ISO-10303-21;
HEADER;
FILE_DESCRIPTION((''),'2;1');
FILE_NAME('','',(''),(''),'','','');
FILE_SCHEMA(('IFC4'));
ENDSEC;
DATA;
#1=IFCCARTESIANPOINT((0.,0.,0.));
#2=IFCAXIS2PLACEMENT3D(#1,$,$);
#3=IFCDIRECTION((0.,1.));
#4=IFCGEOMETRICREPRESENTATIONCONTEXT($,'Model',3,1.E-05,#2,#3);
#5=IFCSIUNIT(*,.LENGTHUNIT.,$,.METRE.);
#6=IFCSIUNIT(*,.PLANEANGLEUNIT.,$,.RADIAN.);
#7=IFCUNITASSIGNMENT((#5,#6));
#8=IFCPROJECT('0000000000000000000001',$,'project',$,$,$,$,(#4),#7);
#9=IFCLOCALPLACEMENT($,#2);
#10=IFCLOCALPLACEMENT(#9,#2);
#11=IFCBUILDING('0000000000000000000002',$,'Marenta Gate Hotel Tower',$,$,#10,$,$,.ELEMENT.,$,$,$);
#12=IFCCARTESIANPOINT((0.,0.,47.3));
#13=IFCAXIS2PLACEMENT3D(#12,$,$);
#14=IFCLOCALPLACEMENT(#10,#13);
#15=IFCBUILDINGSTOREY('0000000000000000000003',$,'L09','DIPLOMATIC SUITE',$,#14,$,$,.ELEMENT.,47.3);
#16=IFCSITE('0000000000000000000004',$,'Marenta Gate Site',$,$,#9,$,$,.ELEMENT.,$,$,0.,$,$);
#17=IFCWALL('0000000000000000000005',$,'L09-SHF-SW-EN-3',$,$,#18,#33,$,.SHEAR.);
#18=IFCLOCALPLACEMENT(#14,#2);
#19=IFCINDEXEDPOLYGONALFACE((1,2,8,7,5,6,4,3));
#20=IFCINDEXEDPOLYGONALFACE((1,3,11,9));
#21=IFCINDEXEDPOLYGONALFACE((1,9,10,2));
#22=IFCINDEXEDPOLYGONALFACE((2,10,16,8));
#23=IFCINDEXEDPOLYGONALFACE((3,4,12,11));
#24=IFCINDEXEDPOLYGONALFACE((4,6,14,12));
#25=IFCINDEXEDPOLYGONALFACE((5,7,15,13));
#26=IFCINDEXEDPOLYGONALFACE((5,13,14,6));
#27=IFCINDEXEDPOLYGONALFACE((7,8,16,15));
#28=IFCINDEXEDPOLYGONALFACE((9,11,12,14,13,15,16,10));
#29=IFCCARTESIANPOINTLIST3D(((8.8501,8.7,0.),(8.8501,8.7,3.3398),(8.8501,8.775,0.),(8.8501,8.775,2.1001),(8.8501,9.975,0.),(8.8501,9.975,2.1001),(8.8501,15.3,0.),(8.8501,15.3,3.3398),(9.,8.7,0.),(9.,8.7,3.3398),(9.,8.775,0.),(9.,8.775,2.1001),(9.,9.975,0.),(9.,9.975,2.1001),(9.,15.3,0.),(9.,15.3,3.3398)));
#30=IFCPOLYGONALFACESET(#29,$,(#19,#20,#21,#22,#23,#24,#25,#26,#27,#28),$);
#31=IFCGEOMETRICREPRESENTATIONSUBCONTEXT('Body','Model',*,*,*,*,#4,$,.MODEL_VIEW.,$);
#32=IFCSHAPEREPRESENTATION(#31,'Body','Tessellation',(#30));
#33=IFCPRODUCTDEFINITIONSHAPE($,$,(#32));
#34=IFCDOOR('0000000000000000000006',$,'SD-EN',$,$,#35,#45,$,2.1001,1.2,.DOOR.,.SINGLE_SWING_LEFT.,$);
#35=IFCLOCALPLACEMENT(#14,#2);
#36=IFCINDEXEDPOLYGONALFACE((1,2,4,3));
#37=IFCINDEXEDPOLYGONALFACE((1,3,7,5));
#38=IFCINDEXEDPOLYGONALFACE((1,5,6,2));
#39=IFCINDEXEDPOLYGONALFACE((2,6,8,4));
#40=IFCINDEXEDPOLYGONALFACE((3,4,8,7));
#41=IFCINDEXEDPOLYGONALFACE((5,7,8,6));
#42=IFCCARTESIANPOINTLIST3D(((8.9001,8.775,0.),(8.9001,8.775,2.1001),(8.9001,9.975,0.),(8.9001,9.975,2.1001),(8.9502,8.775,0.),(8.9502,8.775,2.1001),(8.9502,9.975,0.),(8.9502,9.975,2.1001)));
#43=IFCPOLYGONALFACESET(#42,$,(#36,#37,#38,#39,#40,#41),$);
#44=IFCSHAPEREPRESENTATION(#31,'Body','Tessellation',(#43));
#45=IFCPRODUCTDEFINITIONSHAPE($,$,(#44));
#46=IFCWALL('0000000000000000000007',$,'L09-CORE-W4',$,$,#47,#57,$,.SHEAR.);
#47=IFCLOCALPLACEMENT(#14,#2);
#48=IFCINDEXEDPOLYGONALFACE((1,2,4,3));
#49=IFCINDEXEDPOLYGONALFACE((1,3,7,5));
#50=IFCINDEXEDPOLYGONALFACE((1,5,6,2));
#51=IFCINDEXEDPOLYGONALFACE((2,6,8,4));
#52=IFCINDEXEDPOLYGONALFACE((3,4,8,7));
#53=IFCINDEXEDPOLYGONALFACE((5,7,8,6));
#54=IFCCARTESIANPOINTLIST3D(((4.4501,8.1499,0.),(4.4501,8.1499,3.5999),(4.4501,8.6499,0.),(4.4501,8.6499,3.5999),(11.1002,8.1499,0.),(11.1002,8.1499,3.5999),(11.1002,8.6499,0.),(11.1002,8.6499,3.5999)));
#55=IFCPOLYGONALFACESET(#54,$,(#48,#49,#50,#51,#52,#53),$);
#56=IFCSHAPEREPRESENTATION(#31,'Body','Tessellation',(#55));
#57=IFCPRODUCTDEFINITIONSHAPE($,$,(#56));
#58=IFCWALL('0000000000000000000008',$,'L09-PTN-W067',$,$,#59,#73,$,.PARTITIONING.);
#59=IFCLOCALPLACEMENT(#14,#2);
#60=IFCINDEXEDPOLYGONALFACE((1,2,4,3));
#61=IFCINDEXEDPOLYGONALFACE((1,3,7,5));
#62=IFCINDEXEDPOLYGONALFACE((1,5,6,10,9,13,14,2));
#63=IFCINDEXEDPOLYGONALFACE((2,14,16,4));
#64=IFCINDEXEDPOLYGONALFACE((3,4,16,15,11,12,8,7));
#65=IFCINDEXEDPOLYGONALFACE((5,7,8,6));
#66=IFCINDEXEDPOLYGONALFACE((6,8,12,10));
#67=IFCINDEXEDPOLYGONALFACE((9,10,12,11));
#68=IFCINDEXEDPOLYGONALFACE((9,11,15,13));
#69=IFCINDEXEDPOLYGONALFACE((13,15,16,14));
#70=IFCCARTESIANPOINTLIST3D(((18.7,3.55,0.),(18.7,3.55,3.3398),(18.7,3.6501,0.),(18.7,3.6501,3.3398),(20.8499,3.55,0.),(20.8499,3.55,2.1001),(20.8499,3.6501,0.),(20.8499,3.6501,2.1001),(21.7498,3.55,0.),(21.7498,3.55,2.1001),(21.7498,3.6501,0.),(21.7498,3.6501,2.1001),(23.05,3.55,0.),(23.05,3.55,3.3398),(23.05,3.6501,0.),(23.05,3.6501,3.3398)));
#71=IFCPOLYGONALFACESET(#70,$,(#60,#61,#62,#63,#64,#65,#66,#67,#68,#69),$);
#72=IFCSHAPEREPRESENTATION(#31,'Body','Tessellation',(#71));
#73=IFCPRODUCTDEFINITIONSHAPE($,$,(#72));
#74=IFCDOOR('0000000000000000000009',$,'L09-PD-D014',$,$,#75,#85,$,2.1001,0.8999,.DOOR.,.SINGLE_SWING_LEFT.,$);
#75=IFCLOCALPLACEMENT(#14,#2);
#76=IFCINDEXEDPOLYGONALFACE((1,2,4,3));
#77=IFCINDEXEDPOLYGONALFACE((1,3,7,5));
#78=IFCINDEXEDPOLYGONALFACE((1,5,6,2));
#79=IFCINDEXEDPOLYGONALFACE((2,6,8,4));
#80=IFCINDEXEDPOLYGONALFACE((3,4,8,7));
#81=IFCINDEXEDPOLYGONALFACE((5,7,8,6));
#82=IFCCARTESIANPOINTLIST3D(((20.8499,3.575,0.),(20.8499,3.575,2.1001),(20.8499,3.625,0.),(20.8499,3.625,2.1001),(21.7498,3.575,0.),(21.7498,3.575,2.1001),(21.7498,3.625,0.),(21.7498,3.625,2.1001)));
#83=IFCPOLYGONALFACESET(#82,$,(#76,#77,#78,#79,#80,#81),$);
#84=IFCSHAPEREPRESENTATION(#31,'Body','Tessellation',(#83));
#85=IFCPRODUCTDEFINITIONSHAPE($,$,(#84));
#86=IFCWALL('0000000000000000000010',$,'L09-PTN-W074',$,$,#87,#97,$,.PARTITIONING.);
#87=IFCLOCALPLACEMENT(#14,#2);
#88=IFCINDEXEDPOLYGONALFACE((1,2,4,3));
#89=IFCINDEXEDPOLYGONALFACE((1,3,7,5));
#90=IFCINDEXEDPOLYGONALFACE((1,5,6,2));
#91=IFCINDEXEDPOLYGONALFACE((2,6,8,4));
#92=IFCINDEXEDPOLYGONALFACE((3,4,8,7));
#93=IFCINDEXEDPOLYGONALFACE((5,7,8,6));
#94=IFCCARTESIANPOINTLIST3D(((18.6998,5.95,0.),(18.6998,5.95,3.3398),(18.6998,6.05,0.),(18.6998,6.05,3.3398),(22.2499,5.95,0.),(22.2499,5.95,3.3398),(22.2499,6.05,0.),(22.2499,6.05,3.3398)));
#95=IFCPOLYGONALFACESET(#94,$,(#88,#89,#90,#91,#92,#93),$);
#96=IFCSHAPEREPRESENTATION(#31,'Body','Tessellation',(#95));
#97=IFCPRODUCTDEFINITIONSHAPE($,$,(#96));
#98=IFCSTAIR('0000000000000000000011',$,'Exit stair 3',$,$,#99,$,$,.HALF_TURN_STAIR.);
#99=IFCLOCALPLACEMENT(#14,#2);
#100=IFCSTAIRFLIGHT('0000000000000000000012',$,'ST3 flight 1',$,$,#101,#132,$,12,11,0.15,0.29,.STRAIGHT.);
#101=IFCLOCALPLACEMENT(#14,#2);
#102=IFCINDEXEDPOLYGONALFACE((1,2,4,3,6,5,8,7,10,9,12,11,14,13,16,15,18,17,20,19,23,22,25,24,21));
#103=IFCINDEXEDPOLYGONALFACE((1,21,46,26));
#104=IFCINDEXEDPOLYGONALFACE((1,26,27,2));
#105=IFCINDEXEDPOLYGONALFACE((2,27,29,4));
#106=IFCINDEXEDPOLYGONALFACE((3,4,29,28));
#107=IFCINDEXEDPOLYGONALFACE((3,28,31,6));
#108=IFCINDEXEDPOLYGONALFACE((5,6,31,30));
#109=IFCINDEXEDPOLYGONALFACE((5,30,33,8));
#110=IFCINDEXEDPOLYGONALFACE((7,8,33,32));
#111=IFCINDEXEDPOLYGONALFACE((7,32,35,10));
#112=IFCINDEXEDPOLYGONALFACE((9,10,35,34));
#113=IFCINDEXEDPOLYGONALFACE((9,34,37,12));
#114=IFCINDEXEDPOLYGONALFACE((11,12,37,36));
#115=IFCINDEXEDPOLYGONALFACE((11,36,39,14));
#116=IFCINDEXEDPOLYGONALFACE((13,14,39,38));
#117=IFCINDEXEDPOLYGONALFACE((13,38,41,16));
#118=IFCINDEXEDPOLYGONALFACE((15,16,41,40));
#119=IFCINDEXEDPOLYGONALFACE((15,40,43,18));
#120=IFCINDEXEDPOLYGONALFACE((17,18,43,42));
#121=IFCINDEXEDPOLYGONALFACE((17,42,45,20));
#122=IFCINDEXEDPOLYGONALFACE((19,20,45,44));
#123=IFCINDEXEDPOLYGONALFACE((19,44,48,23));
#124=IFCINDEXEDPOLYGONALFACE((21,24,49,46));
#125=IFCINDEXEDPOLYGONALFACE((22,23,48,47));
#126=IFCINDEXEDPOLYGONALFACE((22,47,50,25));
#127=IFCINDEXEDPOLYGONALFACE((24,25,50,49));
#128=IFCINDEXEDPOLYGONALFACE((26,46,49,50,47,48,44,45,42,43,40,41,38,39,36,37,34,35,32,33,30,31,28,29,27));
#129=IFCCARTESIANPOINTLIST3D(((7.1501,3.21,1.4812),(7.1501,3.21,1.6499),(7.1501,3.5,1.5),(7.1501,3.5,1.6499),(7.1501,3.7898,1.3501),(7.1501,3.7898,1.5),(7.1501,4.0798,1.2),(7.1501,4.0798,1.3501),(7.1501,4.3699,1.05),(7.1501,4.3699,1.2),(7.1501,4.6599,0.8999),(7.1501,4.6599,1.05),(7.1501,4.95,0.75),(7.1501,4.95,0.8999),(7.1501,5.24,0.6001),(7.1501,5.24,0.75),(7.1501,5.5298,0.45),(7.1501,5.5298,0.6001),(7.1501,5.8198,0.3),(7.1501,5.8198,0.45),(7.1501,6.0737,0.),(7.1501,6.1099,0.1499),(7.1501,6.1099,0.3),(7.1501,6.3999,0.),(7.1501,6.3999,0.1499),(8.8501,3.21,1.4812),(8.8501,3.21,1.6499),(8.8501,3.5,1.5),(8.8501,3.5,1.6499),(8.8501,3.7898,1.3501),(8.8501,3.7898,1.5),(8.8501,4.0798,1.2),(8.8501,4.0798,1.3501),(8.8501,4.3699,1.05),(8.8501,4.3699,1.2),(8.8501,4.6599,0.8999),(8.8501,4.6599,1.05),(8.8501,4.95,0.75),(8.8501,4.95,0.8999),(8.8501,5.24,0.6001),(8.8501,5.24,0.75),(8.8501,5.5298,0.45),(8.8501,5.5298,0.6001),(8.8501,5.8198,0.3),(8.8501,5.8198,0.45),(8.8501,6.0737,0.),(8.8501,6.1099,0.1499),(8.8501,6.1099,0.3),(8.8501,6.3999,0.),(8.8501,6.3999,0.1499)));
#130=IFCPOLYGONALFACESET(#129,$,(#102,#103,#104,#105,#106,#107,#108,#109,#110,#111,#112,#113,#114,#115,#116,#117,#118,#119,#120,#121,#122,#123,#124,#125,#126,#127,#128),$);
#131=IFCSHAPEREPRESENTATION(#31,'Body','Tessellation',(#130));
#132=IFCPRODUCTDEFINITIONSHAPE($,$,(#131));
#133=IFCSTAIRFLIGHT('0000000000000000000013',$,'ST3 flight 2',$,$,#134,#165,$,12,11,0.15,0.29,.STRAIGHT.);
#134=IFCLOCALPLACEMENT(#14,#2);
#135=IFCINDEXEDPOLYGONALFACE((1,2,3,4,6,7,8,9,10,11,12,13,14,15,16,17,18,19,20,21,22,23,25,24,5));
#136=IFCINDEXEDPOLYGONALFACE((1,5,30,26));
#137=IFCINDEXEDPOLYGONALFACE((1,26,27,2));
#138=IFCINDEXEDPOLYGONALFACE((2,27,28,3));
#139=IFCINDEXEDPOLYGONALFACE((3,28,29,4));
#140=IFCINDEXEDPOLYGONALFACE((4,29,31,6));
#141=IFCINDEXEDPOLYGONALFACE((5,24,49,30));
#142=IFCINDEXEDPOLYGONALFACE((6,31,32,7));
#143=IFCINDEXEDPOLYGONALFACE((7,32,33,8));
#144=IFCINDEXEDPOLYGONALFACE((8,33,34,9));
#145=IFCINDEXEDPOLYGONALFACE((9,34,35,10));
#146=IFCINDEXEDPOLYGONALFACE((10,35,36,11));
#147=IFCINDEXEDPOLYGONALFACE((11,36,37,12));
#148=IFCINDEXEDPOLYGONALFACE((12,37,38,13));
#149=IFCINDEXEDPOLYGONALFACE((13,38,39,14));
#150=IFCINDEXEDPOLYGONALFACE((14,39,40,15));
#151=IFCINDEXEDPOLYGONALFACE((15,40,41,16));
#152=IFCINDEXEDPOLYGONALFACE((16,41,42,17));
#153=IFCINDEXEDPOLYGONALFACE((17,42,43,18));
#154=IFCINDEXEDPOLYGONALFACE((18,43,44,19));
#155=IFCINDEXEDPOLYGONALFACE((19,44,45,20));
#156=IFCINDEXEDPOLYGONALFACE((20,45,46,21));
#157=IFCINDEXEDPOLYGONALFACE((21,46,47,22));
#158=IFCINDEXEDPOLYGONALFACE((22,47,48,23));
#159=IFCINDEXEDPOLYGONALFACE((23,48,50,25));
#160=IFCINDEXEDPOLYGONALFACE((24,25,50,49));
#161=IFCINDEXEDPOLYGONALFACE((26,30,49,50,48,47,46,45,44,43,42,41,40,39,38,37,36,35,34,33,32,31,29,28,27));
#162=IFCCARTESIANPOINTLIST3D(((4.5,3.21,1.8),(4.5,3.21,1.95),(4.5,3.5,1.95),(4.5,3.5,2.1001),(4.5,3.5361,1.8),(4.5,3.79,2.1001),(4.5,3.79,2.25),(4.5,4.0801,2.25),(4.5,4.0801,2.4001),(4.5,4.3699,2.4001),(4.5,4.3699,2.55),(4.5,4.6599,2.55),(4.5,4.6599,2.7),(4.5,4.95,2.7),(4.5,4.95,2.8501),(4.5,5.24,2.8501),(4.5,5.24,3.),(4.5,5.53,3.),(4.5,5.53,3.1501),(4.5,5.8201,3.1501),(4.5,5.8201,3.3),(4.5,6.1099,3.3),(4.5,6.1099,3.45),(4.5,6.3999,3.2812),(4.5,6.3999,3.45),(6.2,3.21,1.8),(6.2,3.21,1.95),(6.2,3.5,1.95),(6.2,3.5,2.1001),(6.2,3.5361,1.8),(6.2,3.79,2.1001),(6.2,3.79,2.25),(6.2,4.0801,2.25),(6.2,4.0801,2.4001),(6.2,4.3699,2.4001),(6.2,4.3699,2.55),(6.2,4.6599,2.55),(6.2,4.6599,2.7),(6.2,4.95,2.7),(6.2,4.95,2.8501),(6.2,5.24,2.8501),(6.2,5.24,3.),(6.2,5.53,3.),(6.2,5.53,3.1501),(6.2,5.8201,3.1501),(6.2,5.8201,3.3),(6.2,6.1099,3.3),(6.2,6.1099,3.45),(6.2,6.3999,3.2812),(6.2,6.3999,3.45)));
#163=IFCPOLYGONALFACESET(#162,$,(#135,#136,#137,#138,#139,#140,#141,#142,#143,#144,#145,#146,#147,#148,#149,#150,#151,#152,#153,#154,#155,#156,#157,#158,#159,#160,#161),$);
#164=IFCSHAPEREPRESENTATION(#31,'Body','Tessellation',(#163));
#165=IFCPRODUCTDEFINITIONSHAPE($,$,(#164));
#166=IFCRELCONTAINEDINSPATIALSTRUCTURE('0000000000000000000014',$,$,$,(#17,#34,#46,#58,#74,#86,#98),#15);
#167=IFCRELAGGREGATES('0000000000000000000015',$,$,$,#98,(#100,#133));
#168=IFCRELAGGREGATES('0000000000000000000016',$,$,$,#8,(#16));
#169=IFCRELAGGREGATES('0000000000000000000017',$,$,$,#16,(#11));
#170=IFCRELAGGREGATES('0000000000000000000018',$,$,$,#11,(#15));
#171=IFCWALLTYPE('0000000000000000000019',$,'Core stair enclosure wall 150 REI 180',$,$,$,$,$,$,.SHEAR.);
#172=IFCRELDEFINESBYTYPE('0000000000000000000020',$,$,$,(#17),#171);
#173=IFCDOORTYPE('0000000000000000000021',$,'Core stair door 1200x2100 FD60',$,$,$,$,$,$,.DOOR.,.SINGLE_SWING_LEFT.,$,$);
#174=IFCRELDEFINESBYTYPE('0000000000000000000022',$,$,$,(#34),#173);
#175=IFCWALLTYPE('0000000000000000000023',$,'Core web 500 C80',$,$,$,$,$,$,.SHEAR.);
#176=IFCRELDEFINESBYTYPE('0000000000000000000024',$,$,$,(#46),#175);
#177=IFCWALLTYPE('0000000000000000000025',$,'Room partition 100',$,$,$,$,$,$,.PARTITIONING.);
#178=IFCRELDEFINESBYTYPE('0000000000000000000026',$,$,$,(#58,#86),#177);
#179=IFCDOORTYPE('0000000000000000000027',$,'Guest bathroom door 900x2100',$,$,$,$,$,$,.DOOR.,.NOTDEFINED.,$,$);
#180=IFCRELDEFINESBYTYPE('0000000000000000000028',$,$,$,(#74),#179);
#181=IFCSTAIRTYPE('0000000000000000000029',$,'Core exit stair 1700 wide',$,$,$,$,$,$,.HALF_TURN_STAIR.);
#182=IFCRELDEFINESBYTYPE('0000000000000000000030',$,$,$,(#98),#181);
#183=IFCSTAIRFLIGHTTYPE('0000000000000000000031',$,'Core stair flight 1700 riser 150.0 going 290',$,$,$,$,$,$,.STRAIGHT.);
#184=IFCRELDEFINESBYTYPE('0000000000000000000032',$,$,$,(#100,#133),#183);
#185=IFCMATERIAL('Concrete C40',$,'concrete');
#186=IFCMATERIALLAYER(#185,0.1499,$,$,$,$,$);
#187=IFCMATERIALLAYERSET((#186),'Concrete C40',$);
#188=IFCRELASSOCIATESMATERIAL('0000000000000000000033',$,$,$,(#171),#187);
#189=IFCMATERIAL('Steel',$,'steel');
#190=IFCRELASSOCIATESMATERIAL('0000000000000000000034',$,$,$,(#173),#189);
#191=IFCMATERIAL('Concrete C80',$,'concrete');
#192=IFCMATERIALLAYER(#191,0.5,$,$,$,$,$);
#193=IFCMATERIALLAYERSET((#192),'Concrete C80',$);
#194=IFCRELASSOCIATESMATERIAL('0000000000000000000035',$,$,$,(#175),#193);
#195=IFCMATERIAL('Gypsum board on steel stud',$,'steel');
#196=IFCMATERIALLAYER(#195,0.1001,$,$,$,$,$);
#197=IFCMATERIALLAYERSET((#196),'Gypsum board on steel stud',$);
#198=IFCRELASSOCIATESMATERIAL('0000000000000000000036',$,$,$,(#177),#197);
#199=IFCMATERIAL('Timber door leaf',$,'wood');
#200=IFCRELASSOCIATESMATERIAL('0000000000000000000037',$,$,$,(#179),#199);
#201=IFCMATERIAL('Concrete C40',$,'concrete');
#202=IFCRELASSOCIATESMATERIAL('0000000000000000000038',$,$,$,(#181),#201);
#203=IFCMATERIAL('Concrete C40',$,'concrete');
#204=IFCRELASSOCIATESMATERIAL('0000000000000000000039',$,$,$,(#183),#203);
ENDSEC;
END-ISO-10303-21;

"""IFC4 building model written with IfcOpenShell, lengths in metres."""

from ifc_helpers import new_model, si_unit, direction, frame, frame_2d, origin, place, context, subcontext, project, spatial, polyline, rectangle, outline, extrude, material, layer, layer_set, type_object, element, fill, aggregate, save


model = new_model("IFC4")

# Units and contexts
model_context = context("Model", 3, precision=1e-05, world=origin(), true_north=direction((0.0, 1.0)))
body_context = subcontext(model_context, "Body", "Model", "MODEL_VIEW")
ifc_project = project(units=[si_unit("LENGTHUNIT", "METRE"), si_unit("PLANEANGLEUNIT", "RADIAN")], contexts=[model_context])

# Site, building, storey
site_placement = place(None, origin())
site = spatial("IfcSite", under=ifc_project, at=site_placement, Name="Marenta Gate Site", CompositionType="ELEMENT", RefElevation=0.0)
building_placement = place(site_placement, origin())
building = spatial("IfcBuilding", under=site, at=building_placement, Name="Marenta Gate Hotel Tower", CompositionType="ELEMENT")
storey_placement = place(building_placement, frame((0.0, 0.0, 47.3)))
storey = spatial("IfcBuildingStorey", under=building, at=storey_placement, Name="L09", Description="DIPLOMATIC SUITE", CompositionType="ELEMENT", Elevation=47.3)

# Wall, opening, door
ifc_material_1 = material(Name="Concrete C40", Category="concrete")
ifc_layer_1 = layer(ifc_material_1, 0.1499)
ifc_layer_set_1 = layer_set([ifc_layer_1], Name="Concrete C40")
wall_type_1 = type_object("IfcWallType", Name="Core stair enclosure wall 150 REI 180", PredefinedType="SHEAR", material=ifc_layer_set_1)
wall_1_placement = place(storey_placement, frame((8.925, 8.7, 0.0), z_axis=(0.0, 0.0, 1.0), x_axis=(0.0, 1.0, 0.0)))
wall_1 = element("IfcWall", 1, at=wall_1_placement, inside=storey, type_object=wall_type_1, Name="L09-SHF-SW-EN-3", PredefinedType="SHEAR", context=body_context, shape_type="SweptSolid", body=[
    extrude(rectangle(XDim=6.6001, YDim=0.1499, at=frame_2d((3.3, 0.0))), origin(), (0.0, 0.0, 1.0), 3.3398),
])
opening_1_placement = place(wall_1_placement, frame((0.075, 0.0, 0.0)))
opening_1 = element("IfcOpeningElement", 2, at=opening_1_placement, cuts=wall_1, PredefinedType="OPENING", context=body_context, shape_type="SweptSolid", body=[
    extrude(rectangle(XDim=1.2, YDim=2.1001, at=frame_2d((0.6001, 1.05))), frame((0.0, 0.075, 0.0), z_axis=(0.0, -1.0, 0.0), x_axis=(1.0, 0.0, 0.0)), (0.0, 0.0, 1.0), 0.1499),
])
ifc_material_2 = material(Name="Steel", Category="steel")
door_type_1 = type_object("IfcDoorType", Name="Core stair door 1200x2100 FD60", OperationType="SINGLE_SWING_LEFT", PredefinedType="DOOR", material=ifc_material_2)
door_1_placement = place(opening_1_placement, origin())
door_1 = element("IfcDoor", 3, at=door_1_placement, inside=storey, type_object=door_type_1, Name="SD-EN", OperationType="SINGLE_SWING_LEFT", OverallHeight=2.1001, OverallWidth=1.2, PredefinedType="DOOR", context=body_context, shape_type="SweptSolid", body=[
    extrude(rectangle(XDim=1.2, YDim=2.1001, at=frame_2d((0.6001, 1.05))), frame((0.0, 0.0249, 0.0), z_axis=(0.0, -1.0, 0.0), x_axis=(1.0, 0.0, 0.0)), (0.0, 0.0, 1.0), 0.05),
])
fill(opening_1, door_1)

# Wall
ifc_material_3 = material(Name="Concrete C80", Category="concrete")
ifc_layer_2 = layer(ifc_material_3, 0.5)
ifc_layer_set_2 = layer_set([ifc_layer_2], Name="Concrete C80")
wall_type_2 = type_object("IfcWallType", Name="Core web 500 C80", PredefinedType="SHEAR", material=ifc_layer_set_2)
wall_2_placement = place(storey_placement, frame((4.45, 8.3999, 0.0), z_axis=(0.0, 0.0, 1.0), x_axis=(1.0, 0.0, 0.0)))
element("IfcWall", 4, at=wall_2_placement, inside=storey, type_object=wall_type_2, Name="L09-CORE-W4", PredefinedType="SHEAR", context=body_context, shape_type="SweptSolid", body=[
    extrude(rectangle(XDim=6.6501, YDim=0.5, at=frame_2d((3.3252, 0.0))), origin(), (0.0, 0.0, 1.0), 3.5999),
])

# Wall, opening, door
ifc_material_4 = material(Name="Gypsum board on steel stud", Category="steel")
ifc_layer_3 = layer(ifc_material_4, 0.1001)
ifc_layer_set_3 = layer_set([ifc_layer_3], Name="Gypsum board on steel stud")
wall_type_3 = type_object("IfcWallType", Name="Room partition 100", PredefinedType="PARTITIONING", material=ifc_layer_set_3)
wall_3_placement = place(storey_placement, frame((18.7, 3.6001, 0.0), z_axis=(0.0, 0.0, 1.0), x_axis=(1.0, 0.0, 0.0)))
wall_3 = element("IfcWall", 5, at=wall_3_placement, inside=storey, type_object=wall_type_3, Name="L09-PTN-W067", PredefinedType="PARTITIONING", context=body_context, shape_type="SweptSolid", body=[
    extrude(rectangle(XDim=4.3501, YDim=0.1001, at=frame_2d((2.175, 0.0))), origin(), (0.0, 0.0, 1.0), 3.3398),
])
opening_2_placement = place(wall_3_placement, frame((2.1499, 0.0, 0.0)))
opening_2 = element("IfcOpeningElement", 6, at=opening_2_placement, cuts=wall_3, PredefinedType="OPENING", context=body_context, shape_type="SweptSolid", body=[
    extrude(rectangle(XDim=0.8999, YDim=2.1001, at=frame_2d((0.45, 1.05))), frame((0.0, 0.05, 0.0), z_axis=(0.0, -1.0, 0.0), x_axis=(1.0, 0.0, 0.0)), (0.0, 0.0, 1.0), 0.1001),
])
ifc_material_5 = material(Name="Timber door leaf", Category="wood")
door_type_2 = type_object("IfcDoorType", Name="Guest bathroom door 900x2100", OperationType="NOTDEFINED", PredefinedType="DOOR", material=ifc_material_5)
door_2_placement = place(opening_2_placement, origin())
door_2 = element("IfcDoor", 7, at=door_2_placement, inside=storey, type_object=door_type_2, Name="L09-PD-D014", OperationType="SINGLE_SWING_LEFT", OverallHeight=2.1001, OverallWidth=0.8999, PredefinedType="DOOR", context=body_context, shape_type="SweptSolid", body=[
    extrude(rectangle(XDim=0.8999, YDim=2.1001, at=frame_2d((0.45, 1.05))), frame((0.0, 0.0249, 0.0), z_axis=(0.0, -1.0, 0.0), x_axis=(1.0, 0.0, 0.0)), (0.0, 0.0, 1.0), 0.05),
])
fill(opening_2, door_2)

# Wall
wall_4_placement = place(storey_placement, frame((18.7, 6.0, 0.0), z_axis=(0.0, 0.0, 1.0), x_axis=(1.0, 0.0, 0.0)))
element("IfcWall", 8, at=wall_4_placement, inside=storey, type_object=wall_type_3, Name="L09-PTN-W074", PredefinedType="PARTITIONING", context=body_context, shape_type="SweptSolid", body=[
    extrude(rectangle(XDim=3.55, YDim=0.1001, at=frame_2d((1.7749, 0.0))), origin(), (0.0, 0.0, 1.0), 3.3398),
])

# Stair, stair flights
ifc_material_6 = material(Name="Concrete C40", Category="concrete")
stair_type = type_object("IfcStairType", Name="Core exit stair 1700 wide", PredefinedType="HALF_TURN_STAIR", material=ifc_material_6)
stair_placement = place(storey_placement, origin())
stair = element("IfcStair", 9, at=stair_placement, inside=storey, type_object=stair_type, Name="Exit stair 3", PredefinedType="HALF_TURN_STAIR")
ifc_material_7 = material(Name="Concrete C40", Category="concrete")
stair_flight_type = type_object("IfcStairFlightType", Name="Core stair flight 1700 riser 150.0 going 290", PredefinedType="STRAIGHT", material=ifc_material_7)
stair_flight_1_placement = place(storey_placement, frame((8.0, 6.3999, 0.0), z_axis=(0.0, 0.0, 1.0), x_axis=(0.0, -1.0, 0.0)))
stair_flight_1 = element("IfcStairFlight", 10, at=stair_flight_1_placement, type_object=stair_flight_type, Name="ST3 flight 1", NumberOfRisers=12, NumberOfTreads=11, PredefinedType="STRAIGHT", RiserHeight=0.15, TreadLength=0.29, context=body_context, shape_type="SweptSolid", body=[
    extrude(outline(polyline([(0.0, 0.0), (0.0, 0.1499), (0.29, 0.1499), (0.29, 0.3), (0.5801, 0.3), (0.5801, 0.45), (0.8701, 0.45), (0.8701, 0.6001), (1.1599, 0.6001), (1.1599, 0.75), (1.45, 0.75), (1.45, 0.8999), (1.74, 0.8999), (1.74, 1.05), (2.03, 1.05), (2.03, 1.2), (2.3201, 1.2), (2.3201, 1.3501), (2.6101, 1.3501), (2.6101, 1.5), (2.8999, 1.5), (2.8999, 1.6499), (3.1899, 1.6499), (3.1899, 1.8), (3.1899, 1.4812), (0.3262, 0.0), (0.0, 0.0)])), frame((0.0, 0.8501, 0.0), z_axis=(0.0, -1.0, 0.0), x_axis=(1.0, 0.0, 0.0)), (0.0, 0.0, 1.0), 1.7),
])
stair_flight_2_placement = place(storey_placement, frame((5.3501, 3.21, 1.8), z_axis=(0.0, 0.0, 1.0), x_axis=(0.0, 1.0, 0.0)))
stair_flight_2 = element("IfcStairFlight", 11, at=stair_flight_2_placement, type_object=stair_flight_type, Name="ST3 flight 2", NumberOfRisers=12, NumberOfTreads=11, PredefinedType="STRAIGHT", RiserHeight=0.15, TreadLength=0.29, context=body_context, shape_type="SweptSolid", body=[
    extrude(outline(polyline([(0.0, 0.0), (0.0, 0.1499), (0.29, 0.1499), (0.29, 0.3), (0.5801, 0.3), (0.5801, 0.45), (0.8701, 0.45), (0.8701, 0.6001), (1.1599, 0.6001), (1.1599, 0.75), (1.45, 0.75), (1.45, 0.8999), (1.74, 0.8999), (1.74, 1.05), (2.03, 1.05), (2.03, 1.2), (2.3201, 1.2), (2.3201, 1.3501), (2.6101, 1.3501), (2.6101, 1.5), (2.8999, 1.5), (2.8999, 1.6499), (3.1899, 1.6499), (3.1899, 1.8), (3.1899, 1.4812), (0.3262, 0.0), (0.0, 0.0)])), frame((0.0, 0.8501, 0.0), z_axis=(0.0, -1.0, 0.0), x_axis=(1.0, 0.0, 0.0)), (0.0, 0.0, 1.0), 1.7),
])
aggregate(stair, [stair_flight_1, stair_flight_2])

save(model, "model.ifc")
